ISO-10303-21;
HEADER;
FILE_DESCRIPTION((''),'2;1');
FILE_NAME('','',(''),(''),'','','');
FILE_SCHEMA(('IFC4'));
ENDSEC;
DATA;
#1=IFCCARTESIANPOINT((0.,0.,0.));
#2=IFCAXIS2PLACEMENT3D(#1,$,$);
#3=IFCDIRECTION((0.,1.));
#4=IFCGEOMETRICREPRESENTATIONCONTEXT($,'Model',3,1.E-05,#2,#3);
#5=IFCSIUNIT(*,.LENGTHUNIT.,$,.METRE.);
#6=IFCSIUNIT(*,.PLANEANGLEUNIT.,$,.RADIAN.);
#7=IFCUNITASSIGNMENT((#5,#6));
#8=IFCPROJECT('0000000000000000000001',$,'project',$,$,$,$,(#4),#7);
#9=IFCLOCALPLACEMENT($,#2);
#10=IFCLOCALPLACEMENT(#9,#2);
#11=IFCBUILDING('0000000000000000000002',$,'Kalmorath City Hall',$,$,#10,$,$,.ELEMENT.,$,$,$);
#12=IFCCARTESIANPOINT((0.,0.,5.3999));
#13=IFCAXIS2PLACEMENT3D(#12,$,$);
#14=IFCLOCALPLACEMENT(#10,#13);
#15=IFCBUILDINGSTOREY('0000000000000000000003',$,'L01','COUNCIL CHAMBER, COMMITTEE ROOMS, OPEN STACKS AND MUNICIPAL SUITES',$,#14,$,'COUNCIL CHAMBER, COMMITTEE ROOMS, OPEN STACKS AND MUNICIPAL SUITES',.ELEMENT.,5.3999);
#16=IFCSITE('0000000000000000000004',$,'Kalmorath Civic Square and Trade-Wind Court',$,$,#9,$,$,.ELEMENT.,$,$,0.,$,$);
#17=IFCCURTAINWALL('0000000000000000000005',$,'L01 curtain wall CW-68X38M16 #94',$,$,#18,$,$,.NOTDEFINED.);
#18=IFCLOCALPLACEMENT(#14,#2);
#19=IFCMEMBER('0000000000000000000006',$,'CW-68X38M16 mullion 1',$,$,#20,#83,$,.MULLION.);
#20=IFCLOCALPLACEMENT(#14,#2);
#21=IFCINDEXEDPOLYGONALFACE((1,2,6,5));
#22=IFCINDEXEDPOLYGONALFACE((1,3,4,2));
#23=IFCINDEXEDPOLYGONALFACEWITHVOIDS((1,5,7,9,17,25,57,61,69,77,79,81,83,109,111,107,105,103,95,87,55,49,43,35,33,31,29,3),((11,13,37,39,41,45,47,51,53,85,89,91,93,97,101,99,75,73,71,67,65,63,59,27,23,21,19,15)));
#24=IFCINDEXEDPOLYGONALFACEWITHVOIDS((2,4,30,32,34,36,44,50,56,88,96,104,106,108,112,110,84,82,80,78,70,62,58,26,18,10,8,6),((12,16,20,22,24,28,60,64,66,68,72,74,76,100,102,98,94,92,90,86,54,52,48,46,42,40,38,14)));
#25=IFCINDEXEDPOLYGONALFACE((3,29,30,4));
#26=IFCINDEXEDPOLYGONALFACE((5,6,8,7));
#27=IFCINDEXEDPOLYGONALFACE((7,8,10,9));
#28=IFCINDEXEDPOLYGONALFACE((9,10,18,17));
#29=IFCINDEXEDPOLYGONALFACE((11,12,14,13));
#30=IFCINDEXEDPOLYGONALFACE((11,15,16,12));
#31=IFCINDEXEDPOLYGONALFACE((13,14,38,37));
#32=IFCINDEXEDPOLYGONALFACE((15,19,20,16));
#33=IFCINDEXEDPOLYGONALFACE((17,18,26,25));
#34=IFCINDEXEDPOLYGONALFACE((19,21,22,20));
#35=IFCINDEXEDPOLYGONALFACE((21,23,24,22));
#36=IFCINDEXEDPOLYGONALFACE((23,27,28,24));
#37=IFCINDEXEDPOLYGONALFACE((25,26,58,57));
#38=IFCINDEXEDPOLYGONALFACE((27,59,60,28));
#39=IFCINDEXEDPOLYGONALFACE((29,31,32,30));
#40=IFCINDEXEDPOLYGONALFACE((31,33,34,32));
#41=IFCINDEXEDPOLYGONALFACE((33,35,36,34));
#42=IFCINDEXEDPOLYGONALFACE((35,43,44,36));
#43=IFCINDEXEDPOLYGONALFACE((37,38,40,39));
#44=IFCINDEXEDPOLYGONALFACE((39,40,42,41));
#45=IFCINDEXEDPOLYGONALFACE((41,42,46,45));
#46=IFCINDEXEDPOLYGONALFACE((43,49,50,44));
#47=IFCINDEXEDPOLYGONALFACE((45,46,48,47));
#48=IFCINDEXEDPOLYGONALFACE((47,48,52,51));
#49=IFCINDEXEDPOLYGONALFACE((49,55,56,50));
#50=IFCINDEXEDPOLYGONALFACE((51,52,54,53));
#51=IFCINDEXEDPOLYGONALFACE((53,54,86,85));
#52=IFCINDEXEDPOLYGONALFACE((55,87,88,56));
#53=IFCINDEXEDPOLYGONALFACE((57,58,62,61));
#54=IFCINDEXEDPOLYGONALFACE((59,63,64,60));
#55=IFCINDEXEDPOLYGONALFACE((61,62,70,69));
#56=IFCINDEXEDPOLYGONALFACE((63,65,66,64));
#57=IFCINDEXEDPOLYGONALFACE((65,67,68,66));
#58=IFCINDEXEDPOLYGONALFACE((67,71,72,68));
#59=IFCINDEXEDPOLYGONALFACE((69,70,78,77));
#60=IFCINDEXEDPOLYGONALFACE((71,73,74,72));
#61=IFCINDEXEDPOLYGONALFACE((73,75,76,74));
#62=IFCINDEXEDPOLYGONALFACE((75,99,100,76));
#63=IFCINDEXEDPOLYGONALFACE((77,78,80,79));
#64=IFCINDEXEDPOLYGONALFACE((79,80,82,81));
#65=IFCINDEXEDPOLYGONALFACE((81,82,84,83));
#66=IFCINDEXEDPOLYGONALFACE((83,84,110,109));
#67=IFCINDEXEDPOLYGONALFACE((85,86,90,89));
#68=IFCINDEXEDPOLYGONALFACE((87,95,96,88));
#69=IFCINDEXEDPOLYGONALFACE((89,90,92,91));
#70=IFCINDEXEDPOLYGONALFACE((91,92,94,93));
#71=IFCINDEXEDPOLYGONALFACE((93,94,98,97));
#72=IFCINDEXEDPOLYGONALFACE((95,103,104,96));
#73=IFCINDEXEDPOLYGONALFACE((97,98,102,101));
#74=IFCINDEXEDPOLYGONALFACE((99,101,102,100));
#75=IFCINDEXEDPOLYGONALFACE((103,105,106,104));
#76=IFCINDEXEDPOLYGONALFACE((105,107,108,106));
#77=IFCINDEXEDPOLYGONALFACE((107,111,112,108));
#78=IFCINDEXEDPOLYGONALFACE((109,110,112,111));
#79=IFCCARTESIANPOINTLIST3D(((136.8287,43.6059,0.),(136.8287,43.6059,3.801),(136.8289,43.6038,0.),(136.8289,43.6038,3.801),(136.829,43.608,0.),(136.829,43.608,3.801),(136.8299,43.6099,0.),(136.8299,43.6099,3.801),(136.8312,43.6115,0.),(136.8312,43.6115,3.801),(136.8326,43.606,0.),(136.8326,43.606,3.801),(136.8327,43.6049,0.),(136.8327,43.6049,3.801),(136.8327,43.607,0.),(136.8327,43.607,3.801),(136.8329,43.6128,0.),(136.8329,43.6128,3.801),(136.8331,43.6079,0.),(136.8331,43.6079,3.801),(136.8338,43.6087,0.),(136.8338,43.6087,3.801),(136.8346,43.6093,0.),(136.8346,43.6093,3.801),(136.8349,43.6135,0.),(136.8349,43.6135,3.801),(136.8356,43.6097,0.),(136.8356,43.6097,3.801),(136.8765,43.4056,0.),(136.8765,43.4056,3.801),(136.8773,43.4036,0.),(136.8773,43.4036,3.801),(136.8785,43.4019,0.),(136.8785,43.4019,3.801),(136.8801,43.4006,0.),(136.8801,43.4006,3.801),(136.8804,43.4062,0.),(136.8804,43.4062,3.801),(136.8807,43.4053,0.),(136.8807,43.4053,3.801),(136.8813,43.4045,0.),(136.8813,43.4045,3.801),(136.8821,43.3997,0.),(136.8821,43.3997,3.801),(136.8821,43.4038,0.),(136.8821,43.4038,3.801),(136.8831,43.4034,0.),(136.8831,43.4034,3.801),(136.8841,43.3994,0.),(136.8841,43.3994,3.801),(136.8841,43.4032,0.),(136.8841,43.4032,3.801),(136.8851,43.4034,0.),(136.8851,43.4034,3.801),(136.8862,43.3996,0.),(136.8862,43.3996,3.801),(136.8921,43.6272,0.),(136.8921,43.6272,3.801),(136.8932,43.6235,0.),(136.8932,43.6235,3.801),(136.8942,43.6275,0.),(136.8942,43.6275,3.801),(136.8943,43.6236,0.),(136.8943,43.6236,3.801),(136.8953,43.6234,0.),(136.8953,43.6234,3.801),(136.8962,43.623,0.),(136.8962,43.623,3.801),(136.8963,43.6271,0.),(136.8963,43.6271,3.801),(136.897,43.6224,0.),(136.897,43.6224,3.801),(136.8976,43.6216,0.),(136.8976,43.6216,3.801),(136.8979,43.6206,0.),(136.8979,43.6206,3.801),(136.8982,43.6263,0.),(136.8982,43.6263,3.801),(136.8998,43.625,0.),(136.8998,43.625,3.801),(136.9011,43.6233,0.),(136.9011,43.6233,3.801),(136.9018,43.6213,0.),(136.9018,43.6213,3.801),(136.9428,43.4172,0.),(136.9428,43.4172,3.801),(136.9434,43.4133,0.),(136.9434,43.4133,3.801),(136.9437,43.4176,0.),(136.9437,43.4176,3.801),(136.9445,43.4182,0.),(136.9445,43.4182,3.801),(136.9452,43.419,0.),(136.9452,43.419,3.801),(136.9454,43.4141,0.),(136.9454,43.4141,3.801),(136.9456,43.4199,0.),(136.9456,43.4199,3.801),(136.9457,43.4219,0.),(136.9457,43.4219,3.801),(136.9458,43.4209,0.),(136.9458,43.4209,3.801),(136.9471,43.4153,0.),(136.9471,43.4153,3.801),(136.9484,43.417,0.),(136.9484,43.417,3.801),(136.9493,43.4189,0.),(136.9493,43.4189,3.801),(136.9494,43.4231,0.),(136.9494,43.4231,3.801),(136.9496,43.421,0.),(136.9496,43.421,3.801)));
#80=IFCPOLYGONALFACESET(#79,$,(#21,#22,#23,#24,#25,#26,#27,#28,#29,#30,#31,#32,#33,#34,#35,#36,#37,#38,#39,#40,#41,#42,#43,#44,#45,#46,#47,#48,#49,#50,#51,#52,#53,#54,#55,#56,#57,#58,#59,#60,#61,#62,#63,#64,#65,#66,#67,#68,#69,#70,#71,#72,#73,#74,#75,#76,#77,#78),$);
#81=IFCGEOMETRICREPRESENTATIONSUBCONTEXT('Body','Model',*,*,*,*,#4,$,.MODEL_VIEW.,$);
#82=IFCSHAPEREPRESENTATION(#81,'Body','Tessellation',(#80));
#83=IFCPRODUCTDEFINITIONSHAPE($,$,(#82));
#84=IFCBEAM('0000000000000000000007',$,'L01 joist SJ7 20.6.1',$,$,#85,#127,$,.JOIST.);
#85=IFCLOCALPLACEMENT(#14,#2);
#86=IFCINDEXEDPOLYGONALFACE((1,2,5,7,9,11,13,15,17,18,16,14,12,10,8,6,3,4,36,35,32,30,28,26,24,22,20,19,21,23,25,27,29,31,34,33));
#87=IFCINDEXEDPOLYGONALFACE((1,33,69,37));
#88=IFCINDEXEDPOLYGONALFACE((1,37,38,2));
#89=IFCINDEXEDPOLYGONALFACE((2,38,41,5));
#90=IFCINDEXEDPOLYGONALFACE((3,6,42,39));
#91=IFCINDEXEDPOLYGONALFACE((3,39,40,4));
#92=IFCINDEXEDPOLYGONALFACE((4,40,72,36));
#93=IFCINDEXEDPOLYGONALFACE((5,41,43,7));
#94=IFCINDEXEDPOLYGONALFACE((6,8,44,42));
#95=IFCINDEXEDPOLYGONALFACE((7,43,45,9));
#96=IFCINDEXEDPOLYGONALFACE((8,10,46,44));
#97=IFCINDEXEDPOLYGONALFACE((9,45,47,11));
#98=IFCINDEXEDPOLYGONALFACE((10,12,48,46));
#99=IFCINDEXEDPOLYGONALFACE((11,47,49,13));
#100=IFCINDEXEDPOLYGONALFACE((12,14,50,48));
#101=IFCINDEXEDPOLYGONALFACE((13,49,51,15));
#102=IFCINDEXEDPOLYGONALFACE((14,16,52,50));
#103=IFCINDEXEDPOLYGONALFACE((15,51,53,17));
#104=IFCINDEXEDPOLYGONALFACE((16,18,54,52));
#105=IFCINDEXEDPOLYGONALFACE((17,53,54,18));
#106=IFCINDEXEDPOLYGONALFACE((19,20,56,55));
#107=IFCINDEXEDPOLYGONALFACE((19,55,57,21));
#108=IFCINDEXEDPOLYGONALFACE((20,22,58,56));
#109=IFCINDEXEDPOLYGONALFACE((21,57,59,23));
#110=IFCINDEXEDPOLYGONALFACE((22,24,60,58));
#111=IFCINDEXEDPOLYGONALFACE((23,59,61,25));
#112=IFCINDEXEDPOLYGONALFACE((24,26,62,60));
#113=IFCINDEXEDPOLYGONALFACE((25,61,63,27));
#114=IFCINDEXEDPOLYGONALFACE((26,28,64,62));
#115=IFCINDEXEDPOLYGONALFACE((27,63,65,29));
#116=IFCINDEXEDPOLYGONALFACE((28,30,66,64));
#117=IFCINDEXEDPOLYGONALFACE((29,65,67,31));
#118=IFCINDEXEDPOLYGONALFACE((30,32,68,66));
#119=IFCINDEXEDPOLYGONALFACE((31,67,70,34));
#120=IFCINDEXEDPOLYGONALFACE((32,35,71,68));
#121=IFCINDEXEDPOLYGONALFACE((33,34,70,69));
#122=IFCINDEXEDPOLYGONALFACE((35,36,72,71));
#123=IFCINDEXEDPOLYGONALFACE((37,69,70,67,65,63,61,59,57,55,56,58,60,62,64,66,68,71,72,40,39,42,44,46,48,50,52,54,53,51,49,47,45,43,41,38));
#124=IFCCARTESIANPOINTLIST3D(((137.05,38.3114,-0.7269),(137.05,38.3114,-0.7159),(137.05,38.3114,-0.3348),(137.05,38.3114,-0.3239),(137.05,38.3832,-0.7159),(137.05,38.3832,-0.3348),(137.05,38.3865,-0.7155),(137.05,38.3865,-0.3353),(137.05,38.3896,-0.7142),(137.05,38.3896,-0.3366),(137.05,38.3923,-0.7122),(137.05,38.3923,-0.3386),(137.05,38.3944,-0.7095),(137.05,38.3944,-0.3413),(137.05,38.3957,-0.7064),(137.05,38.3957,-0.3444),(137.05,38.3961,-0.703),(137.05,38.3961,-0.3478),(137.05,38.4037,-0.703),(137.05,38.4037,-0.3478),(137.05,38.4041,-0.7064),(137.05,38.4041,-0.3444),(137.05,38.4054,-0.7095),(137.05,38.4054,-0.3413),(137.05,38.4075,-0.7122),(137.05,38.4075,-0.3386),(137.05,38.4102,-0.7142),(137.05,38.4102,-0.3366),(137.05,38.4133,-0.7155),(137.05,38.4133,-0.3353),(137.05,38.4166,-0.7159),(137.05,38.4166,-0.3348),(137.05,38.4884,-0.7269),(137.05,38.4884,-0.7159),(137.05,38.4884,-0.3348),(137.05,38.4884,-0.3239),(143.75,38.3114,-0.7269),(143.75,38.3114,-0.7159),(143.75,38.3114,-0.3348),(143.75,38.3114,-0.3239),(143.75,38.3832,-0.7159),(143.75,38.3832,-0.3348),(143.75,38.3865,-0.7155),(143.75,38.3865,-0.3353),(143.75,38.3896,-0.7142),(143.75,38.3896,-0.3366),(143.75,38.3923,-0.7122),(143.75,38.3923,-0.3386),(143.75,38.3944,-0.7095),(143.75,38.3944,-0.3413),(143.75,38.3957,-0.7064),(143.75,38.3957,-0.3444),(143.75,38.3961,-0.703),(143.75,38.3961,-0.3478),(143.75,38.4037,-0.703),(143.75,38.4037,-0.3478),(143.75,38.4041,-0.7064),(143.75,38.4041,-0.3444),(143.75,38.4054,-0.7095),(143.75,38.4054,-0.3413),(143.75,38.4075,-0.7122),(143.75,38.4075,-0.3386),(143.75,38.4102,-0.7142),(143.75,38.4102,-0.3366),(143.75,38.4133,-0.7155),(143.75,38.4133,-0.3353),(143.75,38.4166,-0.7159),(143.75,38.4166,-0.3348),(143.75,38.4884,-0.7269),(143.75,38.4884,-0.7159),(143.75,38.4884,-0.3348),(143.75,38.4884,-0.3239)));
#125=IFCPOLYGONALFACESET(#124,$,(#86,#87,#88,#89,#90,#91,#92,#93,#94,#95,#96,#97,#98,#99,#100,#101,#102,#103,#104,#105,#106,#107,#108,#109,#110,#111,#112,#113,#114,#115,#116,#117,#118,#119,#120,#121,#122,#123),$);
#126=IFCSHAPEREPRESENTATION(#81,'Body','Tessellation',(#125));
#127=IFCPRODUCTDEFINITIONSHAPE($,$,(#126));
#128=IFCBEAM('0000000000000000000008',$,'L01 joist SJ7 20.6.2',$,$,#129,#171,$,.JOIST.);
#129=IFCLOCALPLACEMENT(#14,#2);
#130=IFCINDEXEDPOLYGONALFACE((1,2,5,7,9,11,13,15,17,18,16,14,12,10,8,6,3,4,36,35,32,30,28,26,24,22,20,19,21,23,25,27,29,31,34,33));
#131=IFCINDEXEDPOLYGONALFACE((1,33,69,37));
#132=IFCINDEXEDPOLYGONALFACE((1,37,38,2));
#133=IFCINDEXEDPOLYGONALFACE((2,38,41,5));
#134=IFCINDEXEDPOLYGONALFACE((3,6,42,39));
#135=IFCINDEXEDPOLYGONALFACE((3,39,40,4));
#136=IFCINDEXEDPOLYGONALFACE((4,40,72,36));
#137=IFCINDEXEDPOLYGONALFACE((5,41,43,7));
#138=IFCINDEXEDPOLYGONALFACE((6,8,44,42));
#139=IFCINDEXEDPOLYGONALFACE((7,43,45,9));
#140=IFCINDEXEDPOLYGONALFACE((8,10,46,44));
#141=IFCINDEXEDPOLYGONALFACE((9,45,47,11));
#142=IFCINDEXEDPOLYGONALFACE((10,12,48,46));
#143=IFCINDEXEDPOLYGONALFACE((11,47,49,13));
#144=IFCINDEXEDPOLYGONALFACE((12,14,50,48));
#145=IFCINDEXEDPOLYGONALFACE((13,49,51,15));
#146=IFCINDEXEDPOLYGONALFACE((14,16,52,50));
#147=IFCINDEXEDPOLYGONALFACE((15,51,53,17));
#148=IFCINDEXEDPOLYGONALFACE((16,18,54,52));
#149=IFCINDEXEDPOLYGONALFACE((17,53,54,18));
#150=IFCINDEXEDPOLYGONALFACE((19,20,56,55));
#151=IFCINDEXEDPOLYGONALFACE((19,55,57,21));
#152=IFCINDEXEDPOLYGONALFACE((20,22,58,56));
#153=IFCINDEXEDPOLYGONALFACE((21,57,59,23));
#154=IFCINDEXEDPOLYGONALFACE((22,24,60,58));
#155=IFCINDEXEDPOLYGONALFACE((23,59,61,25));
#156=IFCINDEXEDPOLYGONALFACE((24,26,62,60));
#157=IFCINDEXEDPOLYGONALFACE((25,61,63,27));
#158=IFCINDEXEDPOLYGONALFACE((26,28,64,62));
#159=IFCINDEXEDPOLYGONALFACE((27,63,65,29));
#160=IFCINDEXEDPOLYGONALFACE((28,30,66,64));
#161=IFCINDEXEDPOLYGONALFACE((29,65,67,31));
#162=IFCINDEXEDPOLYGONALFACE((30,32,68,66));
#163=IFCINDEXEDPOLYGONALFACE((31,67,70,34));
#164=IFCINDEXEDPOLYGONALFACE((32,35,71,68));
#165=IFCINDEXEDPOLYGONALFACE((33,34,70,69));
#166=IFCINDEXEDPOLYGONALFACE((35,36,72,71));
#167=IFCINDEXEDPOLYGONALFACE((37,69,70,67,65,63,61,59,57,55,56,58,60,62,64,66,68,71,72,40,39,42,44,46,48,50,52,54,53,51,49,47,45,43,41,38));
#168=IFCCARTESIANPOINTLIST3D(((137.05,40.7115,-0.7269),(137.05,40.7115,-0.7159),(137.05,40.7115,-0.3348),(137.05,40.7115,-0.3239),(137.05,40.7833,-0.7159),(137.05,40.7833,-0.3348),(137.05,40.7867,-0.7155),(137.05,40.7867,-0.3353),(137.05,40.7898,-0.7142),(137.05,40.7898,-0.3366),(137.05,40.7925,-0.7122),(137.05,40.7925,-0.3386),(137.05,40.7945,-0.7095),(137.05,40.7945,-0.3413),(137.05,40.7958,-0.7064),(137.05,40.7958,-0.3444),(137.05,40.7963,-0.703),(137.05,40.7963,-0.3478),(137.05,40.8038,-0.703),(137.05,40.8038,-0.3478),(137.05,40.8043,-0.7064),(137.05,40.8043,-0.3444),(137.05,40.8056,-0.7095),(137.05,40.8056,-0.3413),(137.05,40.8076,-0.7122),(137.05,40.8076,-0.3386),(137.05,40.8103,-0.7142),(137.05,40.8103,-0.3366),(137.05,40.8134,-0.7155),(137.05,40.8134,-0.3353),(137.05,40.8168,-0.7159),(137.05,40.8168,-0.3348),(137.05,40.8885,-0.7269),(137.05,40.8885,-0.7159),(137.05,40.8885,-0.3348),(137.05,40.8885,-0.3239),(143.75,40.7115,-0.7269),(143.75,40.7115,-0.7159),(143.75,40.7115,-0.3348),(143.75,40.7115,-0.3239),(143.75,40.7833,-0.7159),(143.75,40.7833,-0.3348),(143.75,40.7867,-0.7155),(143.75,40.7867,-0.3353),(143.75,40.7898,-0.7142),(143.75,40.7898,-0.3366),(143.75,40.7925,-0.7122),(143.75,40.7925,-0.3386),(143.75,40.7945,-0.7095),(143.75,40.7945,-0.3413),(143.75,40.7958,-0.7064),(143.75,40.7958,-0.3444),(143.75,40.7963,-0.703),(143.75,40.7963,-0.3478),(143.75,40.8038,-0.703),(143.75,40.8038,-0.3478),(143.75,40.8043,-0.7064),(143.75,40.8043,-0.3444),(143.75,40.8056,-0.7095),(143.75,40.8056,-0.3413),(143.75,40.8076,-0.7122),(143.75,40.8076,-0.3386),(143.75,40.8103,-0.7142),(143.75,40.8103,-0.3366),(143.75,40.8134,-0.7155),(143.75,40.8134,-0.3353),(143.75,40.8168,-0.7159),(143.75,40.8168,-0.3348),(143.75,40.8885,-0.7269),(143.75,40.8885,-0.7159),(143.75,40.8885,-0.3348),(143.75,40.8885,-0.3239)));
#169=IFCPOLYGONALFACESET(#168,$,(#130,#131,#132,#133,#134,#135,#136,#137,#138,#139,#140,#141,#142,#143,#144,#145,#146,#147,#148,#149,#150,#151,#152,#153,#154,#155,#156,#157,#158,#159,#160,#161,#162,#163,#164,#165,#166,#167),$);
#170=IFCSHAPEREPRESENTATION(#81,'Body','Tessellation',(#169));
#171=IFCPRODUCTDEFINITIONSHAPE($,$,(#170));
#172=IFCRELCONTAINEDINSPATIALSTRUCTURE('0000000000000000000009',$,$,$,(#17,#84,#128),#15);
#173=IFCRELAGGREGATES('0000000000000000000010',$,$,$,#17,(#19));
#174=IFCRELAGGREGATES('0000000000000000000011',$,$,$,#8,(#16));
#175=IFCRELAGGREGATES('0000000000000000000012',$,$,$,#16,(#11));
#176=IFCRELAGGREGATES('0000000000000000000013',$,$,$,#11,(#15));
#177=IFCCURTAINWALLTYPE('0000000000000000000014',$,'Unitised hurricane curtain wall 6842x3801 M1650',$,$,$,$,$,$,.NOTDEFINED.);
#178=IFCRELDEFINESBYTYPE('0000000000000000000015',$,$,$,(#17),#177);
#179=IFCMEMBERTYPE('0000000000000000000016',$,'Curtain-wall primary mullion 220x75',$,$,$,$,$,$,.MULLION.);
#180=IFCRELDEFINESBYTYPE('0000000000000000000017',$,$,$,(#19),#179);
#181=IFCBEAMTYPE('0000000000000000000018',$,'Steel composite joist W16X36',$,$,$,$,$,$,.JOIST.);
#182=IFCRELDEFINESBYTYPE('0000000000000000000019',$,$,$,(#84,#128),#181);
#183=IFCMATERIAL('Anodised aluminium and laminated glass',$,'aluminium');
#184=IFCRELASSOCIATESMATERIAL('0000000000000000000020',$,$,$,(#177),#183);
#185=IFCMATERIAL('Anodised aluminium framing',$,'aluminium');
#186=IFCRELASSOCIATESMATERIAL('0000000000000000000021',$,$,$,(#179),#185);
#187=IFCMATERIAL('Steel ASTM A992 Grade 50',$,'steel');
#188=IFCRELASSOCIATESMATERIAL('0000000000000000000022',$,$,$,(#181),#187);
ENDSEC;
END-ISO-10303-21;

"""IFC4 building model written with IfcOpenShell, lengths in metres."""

from ifc_helpers import new_model, si_unit, direction, frame, origin, origin_2d, place, context, subcontext, project, spatial, hollow_rectangle, i_section, extrude, material, material_profile, profile_set, type_object, element, aggregate, save


model = new_model("IFC4")

# Units and contexts
model_context = context("Model", 3, precision=1e-05, world=origin(), true_north=direction((0.0, 1.0)))
body_context = subcontext(model_context, "Body", "Model", "MODEL_VIEW")
ifc_project = project(units=[si_unit("LENGTHUNIT", "METRE"), si_unit("PLANEANGLEUNIT", "RADIAN")], contexts=[model_context])

# Site, building, storey
site_placement = place(None, origin())
site = spatial("IfcSite", under=ifc_project, at=site_placement, Name="Kalmorath Civic Square and Trade-Wind Court", CompositionType="ELEMENT", RefElevation=0.0)
building_placement = place(site_placement, origin())
building = spatial("IfcBuilding", under=site, at=building_placement, Name="Kalmorath City Hall", CompositionType="ELEMENT")
storey_placement = place(building_placement, frame((0.0, 0.0, 5.3999)))
storey = spatial("IfcBuildingStorey", under=building, at=storey_placement, Name="L01", Description="COUNCIL CHAMBER, COMMITTEE ROOMS, OPEN STACKS AND MUNICIPAL SUITES", LongName="COUNCIL CHAMBER, COMMITTEE ROOMS, OPEN STACKS AND MUNICIPAL SUITES", CompositionType="ELEMENT", Elevation=5.3999)

# Curtain wall, member
ifc_material_1 = material(Name="Anodised aluminium and laminated glass", Category="aluminium")
curtain_wall_type = type_object("IfcCurtainWallType", Name="Unitised hurricane curtain wall 6842x3801 M1650", PredefinedType="NOTDEFINED", material=ifc_material_1)
curtain_wall_placement = place(storey_placement, origin())
curtain_wall = element("IfcCurtainWall", 1, at=curtain_wall_placement, inside=storey, type_object=curtain_wall_type, Name="L01 curtain wall CW-68X38M16 #94", PredefinedType="NOTDEFINED")
ifc_material_2 = material(Name="Anodised aluminium framing", Category="aluminium")
ifc_material_profile_1 = material_profile(ifc_material_2, hollow_rectangle(XDim=0.075, YDim=0.22, WallThickness=0.0039, InnerFilletRadius=0.0039, OuterFilletRadius=0.0081, at=origin_2d()), Name="ALU-MUL-220X75X4")
ifc_profile_set_1 = profile_set([ifc_material_profile_1], Name="Anodised aluminium framing")
member_type_1 = type_object("IfcMemberType", Name="Curtain-wall primary mullion 220x75", PredefinedType="MULLION", material=ifc_profile_set_1)
member_1_placement = place(storey_placement, frame((136.8892, 43.5134, 0.0), z_axis=(0.0, 0.0, 1.0), x_axis=(-0.972368, -0.233453, 0.0)))
member_1 = element("IfcMember", 2, at=member_1_placement, type_object=member_type_1, Name="CW-68X38M16 mullion 1", PredefinedType="MULLION", context=body_context, shape_type="SweptSolid", body=[
    extrude(hollow_rectangle(XDim=0.075, YDim=0.22, WallThickness=0.0039, InnerFilletRadius=0.0039, OuterFilletRadius=0.0081, at=origin_2d()), origin(), (0.0, 0.0, 1.0), 3.801),
])
aggregate(curtain_wall, [member_1])

# Beams
ifc_material_3 = material(Name="Steel ASTM A992 Grade 50", Category="steel")
ifc_material_profile_2 = material_profile(ifc_material_3, i_section(OverallWidth=0.177, OverallDepth=0.4031, WebThickness=0.0076, FlangeThickness=0.011, FilletRadius=0.0129, at=origin_2d()), Name="W16X36")
ifc_profile_set_2 = profile_set([ifc_material_profile_2], Name="Steel ASTM A992 Grade 50")
beam_type_1 = type_object("IfcBeamType", Name="Steel composite joist W16X36", PredefinedType="JOIST", material=ifc_profile_set_2)
for number, where, z_axis, x_axis, name in (
    (3, (137.05, 38.3999, -0.5254), (1.0, 0.0, 0.0), (0.0, 1.0, 0.0), "L01 joist SJ7 20.6.1"),
    (4, (137.05, 40.8, -0.5254), (1.0, 0.0, 0.0), (0.0, 1.0, 0.0), "L01 joist SJ7 20.6.2"),
):
    element("IfcBeam", number, at=place(storey_placement, frame(where, z_axis=z_axis, x_axis=x_axis)), inside=storey, type_object=beam_type_1, Name=name, PredefinedType="JOIST", context=body_context, shape_type="SweptSolid", body=[
        extrude(i_section(OverallWidth=0.177, OverallDepth=0.4031, WebThickness=0.0076, FlangeThickness=0.011, FilletRadius=0.0129, at=origin_2d()), origin(), (0.0, 0.0, 1.0), 6.7),
    ])

save(model, "model.ifc")
